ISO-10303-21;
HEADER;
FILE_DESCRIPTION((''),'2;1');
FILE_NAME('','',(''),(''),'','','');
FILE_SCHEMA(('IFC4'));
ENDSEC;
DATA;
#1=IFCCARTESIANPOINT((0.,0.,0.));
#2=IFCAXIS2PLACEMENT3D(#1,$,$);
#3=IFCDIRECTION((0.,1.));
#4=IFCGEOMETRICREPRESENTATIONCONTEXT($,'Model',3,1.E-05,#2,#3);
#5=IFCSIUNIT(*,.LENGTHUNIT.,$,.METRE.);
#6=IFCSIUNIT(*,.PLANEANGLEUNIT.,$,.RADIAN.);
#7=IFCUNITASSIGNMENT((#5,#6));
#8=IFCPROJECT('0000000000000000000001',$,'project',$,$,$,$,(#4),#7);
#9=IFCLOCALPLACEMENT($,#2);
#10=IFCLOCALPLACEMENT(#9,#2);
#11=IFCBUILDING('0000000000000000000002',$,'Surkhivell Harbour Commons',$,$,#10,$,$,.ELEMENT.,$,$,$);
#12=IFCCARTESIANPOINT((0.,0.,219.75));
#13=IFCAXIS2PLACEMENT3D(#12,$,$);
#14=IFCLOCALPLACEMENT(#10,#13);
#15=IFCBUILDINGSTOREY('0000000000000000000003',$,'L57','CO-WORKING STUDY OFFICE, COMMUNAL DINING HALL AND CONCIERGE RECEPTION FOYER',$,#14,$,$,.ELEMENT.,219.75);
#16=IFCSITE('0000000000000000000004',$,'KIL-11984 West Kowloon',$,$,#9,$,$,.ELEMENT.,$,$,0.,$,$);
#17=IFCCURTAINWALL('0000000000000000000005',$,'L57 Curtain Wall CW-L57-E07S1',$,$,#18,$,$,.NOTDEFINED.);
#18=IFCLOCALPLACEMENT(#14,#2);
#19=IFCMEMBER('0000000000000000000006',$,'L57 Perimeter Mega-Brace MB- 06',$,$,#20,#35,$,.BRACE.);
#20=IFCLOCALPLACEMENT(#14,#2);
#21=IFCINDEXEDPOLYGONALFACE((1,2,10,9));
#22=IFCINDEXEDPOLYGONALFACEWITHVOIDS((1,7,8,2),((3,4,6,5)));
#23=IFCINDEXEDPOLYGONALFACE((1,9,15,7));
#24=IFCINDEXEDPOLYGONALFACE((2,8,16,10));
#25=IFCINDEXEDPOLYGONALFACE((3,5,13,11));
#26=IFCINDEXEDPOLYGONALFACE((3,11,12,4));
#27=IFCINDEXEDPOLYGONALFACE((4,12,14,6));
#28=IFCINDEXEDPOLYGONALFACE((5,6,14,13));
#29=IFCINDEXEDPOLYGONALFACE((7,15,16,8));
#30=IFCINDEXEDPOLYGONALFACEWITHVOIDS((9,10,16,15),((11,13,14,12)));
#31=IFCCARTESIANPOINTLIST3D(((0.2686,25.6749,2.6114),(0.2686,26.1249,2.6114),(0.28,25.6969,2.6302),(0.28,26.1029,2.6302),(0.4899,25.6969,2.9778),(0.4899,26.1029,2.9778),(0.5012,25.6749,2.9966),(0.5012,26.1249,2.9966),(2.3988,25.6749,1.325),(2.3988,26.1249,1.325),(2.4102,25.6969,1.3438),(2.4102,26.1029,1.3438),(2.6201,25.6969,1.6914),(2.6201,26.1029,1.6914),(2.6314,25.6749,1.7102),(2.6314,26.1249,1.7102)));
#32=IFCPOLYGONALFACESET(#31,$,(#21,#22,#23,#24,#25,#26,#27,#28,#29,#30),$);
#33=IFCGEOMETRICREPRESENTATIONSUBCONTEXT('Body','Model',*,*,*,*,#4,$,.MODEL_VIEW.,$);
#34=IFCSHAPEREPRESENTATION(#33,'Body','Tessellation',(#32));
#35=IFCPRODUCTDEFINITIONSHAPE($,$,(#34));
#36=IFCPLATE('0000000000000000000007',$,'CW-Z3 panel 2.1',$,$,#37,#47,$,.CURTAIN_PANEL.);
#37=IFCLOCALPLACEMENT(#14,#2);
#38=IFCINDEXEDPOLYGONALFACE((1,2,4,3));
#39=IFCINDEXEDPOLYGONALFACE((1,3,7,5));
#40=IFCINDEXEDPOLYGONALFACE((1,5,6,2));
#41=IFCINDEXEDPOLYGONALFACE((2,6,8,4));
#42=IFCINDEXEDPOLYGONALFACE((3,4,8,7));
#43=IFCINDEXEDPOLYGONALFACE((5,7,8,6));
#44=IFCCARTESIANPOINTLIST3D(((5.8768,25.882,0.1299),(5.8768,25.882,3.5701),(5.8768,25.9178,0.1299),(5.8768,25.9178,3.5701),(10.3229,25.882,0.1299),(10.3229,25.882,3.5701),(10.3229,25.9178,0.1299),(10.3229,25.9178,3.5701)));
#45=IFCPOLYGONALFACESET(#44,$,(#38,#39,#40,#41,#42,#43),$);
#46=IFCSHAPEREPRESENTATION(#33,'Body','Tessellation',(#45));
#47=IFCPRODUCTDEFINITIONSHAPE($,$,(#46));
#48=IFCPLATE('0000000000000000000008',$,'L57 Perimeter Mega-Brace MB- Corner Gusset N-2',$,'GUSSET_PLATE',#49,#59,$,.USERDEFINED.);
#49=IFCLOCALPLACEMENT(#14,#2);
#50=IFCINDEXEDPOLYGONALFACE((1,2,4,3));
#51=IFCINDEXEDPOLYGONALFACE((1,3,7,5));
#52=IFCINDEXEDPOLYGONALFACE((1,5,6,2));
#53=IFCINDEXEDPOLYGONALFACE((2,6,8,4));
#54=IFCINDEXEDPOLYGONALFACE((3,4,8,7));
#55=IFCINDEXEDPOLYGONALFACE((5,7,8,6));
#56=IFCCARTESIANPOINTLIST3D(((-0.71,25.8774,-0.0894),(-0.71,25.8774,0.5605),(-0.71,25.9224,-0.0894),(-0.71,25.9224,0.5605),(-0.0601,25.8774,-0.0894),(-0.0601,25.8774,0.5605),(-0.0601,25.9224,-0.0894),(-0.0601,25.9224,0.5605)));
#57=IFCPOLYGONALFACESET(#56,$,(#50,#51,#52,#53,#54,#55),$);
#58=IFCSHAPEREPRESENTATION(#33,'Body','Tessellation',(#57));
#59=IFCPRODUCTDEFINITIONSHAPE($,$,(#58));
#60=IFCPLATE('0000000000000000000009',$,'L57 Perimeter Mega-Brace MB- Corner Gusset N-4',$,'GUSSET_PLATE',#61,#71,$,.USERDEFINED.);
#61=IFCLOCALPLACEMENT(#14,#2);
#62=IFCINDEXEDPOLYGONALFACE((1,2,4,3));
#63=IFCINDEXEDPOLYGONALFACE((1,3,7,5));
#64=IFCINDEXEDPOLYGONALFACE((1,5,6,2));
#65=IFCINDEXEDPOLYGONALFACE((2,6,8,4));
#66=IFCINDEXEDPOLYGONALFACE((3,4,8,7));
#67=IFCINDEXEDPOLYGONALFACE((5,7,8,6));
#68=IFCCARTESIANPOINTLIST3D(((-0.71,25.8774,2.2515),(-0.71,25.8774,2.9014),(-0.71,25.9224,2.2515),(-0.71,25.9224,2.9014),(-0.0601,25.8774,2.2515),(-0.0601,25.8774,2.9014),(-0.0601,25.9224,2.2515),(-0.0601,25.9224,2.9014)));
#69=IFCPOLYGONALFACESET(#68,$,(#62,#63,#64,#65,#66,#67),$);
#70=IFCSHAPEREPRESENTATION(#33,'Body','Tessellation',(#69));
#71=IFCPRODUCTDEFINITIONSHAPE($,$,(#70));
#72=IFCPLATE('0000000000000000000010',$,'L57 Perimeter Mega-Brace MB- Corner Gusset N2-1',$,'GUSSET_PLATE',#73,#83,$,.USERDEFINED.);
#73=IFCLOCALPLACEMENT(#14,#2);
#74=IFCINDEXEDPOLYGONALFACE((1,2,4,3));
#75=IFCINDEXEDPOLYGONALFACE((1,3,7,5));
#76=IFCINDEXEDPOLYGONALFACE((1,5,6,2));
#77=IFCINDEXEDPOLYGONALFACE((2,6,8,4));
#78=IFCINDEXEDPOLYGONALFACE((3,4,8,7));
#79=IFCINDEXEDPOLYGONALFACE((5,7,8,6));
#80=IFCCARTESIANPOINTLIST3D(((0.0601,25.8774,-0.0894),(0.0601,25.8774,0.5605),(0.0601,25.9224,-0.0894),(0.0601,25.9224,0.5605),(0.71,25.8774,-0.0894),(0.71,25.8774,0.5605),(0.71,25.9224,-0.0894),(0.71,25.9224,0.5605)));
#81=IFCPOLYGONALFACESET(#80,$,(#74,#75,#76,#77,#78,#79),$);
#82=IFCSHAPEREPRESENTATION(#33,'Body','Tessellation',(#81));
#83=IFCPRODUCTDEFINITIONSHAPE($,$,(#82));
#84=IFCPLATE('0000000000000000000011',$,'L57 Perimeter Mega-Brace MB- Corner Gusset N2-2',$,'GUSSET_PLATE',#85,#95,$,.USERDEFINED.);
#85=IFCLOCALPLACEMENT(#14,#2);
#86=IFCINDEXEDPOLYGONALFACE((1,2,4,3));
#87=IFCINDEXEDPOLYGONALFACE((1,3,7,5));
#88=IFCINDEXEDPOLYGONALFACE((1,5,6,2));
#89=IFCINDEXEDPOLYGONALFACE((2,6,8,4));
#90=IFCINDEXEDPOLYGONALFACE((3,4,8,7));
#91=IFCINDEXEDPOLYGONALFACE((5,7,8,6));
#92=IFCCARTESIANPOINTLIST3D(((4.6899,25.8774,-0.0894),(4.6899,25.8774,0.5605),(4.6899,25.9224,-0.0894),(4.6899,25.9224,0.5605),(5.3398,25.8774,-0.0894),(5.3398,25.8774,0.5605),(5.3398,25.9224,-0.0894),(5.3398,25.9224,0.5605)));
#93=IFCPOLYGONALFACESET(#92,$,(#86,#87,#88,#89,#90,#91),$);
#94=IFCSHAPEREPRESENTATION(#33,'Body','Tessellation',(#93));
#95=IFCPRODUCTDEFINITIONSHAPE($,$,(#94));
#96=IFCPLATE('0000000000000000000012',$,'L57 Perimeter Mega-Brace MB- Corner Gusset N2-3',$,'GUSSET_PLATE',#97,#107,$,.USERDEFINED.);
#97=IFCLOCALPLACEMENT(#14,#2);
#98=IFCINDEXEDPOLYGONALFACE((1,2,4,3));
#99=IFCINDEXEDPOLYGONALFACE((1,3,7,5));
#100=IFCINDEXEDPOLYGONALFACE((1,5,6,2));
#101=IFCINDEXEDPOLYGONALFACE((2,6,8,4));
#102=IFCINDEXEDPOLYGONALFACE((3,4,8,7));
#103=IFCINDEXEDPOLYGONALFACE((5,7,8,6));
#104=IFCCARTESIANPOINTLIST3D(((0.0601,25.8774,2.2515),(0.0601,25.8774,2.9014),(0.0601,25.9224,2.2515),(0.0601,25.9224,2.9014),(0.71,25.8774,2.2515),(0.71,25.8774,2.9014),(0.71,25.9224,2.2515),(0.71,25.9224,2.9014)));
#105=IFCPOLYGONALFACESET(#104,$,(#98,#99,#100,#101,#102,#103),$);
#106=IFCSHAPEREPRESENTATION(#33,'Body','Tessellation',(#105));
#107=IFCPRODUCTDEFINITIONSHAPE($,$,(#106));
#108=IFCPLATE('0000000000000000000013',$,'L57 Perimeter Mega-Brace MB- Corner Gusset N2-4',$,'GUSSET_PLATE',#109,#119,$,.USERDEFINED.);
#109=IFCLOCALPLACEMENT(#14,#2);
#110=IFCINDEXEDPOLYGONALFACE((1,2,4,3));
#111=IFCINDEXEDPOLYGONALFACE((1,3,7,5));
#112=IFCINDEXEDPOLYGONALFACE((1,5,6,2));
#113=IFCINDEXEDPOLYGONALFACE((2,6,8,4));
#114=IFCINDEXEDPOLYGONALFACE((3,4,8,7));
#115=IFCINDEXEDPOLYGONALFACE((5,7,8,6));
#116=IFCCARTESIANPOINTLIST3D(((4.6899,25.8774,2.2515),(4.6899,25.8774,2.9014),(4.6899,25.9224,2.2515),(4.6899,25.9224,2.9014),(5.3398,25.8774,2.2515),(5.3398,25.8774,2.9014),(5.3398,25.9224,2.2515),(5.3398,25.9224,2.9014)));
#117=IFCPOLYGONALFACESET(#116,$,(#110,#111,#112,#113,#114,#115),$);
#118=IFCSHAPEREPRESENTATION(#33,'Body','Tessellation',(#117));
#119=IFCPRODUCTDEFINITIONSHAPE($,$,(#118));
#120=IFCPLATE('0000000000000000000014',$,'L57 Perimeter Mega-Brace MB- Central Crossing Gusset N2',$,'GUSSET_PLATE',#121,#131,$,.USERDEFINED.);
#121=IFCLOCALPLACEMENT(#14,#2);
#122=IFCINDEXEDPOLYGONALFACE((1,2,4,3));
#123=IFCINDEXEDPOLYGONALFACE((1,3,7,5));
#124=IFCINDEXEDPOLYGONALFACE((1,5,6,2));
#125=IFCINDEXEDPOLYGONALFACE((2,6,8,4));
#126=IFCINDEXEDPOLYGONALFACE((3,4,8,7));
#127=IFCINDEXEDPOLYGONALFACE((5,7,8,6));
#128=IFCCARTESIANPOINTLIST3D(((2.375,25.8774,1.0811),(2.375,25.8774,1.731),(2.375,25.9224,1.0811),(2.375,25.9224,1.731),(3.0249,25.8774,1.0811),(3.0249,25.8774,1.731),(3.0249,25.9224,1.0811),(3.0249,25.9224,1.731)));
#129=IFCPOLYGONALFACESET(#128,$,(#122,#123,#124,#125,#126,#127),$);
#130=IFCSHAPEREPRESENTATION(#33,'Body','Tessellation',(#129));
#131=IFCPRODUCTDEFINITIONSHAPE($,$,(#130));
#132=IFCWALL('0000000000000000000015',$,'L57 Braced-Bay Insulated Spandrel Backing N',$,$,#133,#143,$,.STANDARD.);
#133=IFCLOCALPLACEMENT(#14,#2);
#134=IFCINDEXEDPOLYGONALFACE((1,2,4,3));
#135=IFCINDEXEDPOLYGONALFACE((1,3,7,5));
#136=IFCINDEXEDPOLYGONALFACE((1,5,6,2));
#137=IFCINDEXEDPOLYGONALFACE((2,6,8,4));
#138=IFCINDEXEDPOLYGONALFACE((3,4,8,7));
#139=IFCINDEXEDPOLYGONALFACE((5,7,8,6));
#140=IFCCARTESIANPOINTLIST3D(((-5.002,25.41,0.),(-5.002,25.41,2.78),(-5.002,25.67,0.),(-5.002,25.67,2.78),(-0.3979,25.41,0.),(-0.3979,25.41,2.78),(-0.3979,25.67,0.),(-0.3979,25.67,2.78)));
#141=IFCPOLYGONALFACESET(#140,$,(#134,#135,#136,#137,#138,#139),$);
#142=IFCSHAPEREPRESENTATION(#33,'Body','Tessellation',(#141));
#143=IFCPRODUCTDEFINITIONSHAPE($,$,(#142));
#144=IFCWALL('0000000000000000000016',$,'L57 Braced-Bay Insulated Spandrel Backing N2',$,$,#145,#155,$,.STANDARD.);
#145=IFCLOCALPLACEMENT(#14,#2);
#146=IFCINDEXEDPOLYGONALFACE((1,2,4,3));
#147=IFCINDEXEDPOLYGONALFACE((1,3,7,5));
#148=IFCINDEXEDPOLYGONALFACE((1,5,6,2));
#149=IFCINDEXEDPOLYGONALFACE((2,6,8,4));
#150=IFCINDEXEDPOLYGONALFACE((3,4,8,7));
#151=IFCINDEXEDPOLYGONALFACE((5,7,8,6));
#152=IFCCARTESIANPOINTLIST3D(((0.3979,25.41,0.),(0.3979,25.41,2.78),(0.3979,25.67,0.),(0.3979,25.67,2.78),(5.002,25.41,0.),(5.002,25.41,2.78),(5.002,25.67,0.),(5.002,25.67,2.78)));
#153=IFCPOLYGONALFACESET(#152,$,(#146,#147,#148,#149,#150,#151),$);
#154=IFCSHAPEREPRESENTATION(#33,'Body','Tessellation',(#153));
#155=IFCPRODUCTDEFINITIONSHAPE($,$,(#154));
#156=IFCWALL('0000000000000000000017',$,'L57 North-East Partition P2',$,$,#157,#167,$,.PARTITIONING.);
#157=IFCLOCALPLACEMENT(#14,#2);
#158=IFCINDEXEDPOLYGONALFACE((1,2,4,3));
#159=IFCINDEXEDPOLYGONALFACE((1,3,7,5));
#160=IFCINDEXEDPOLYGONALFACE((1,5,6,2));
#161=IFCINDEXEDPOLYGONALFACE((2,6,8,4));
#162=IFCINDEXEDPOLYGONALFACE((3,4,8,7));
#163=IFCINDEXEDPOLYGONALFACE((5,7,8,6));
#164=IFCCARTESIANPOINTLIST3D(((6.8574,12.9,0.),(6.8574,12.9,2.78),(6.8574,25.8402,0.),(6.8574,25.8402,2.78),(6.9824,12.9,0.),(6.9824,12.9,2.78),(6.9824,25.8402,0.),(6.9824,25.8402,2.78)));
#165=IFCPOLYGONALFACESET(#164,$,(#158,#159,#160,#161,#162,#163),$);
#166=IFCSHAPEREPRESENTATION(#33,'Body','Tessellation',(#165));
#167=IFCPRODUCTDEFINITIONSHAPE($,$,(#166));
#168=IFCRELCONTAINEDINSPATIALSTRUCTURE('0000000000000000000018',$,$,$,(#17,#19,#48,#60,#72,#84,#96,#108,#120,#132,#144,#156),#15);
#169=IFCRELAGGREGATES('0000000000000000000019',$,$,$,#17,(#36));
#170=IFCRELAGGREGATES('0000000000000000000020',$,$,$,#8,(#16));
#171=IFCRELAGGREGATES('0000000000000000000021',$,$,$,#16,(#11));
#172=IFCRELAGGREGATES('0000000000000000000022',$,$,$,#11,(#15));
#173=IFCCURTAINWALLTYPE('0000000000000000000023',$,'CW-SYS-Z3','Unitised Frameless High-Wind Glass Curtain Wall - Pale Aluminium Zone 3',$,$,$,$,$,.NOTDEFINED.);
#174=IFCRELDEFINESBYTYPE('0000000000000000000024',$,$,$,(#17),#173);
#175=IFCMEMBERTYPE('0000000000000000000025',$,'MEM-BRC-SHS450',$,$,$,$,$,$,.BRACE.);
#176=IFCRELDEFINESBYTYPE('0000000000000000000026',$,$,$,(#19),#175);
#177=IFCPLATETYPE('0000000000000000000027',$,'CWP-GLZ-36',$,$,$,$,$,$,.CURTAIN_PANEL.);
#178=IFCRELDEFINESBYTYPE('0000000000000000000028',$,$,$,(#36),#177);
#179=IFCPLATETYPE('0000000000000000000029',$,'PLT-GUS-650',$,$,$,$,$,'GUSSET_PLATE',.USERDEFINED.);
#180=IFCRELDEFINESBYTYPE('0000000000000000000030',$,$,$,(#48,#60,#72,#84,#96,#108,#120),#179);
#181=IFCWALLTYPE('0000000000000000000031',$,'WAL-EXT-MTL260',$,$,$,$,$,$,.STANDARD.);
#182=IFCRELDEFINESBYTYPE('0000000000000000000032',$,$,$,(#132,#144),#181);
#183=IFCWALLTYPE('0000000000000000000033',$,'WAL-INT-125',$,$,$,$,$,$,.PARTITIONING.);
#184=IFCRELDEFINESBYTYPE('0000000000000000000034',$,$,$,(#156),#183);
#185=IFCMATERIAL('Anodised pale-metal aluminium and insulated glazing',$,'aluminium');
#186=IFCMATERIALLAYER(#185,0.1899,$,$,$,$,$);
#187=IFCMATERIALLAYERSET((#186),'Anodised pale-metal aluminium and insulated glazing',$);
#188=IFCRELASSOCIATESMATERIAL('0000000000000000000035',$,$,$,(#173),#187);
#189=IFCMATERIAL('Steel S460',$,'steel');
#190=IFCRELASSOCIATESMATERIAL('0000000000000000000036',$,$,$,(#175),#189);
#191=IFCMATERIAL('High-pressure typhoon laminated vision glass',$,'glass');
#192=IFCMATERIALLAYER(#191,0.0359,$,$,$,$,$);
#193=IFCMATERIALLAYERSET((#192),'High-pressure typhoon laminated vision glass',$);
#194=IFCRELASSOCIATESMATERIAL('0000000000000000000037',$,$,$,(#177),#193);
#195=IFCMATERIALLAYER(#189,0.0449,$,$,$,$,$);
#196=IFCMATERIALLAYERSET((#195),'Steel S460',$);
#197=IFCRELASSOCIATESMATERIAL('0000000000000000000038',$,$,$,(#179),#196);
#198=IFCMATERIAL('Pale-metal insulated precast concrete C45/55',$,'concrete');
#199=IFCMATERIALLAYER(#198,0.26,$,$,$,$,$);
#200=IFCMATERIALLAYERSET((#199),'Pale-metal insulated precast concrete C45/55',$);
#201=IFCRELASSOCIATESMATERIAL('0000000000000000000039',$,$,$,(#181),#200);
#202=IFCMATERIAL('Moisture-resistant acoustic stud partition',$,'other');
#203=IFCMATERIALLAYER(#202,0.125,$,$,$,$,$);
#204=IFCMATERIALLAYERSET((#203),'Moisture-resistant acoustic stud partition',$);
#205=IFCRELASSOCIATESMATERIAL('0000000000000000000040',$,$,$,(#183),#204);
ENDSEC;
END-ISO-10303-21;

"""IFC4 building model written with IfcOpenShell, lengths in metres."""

from ifc_helpers import new_model, si_unit, direction, frame, frame_2d, origin, origin_2d, place, context, subcontext, project, spatial, rectangle, hollow_rectangle, extrude, material, layer, layer_set, material_profile, profile_set, type_object, element, aggregate, save


model = new_model("IFC4")

# Units and contexts
model_context = context("Model", 3, precision=1e-05, world=origin(), true_north=direction((0.0, 1.0)))
body_context = subcontext(model_context, "Body", "Model", "MODEL_VIEW")
ifc_project = project(units=[si_unit("LENGTHUNIT", "METRE"), si_unit("PLANEANGLEUNIT", "RADIAN")], contexts=[model_context])

# Site, building, storey
site_placement = place(None, origin())
site = spatial("IfcSite", under=ifc_project, at=site_placement, Name="KIL-11984 West Kowloon", CompositionType="ELEMENT", RefElevation=0.0)
building_placement = place(site_placement, origin())
building = spatial("IfcBuilding", under=site, at=building_placement, Name="Surkhivell Harbour Commons", CompositionType="ELEMENT")
storey_placement = place(building_placement, frame((0.0, 0.0, 219.75)))
storey = spatial("IfcBuildingStorey", under=building, at=storey_placement, Name="L57", Description="CO-WORKING STUDY OFFICE, COMMUNAL DINING HALL AND CONCIERGE RECEPTION FOYER", CompositionType="ELEMENT", Elevation=219.75)

# Curtain wall
ifc_material_1 = material(Name="Anodised pale-metal aluminium and insulated glazing", Category="aluminium")
ifc_layer_1 = layer(ifc_material_1, 0.1899)
ifc_layer_set_1 = layer_set([ifc_layer_1], Name="Anodised pale-metal aluminium and insulated glazing")
curtain_wall_type = type_object("IfcCurtainWallType", Name="CW-SYS-Z3", Description="Unitised Frameless High-Wind Glass Curtain Wall - Pale Aluminium Zone 3", PredefinedType="NOTDEFINED", material=ifc_layer_set_1)
curtain_wall_placement = place(storey_placement, origin())
curtain_wall = element("IfcCurtainWall", 1, at=curtain_wall_placement, inside=storey, type_object=curtain_wall_type, Name="L57 Curtain Wall CW-L57-E07S1", PredefinedType="NOTDEFINED")

# Member
ifc_material_2 = material(Name="Steel S460", Category="steel")
ifc_material_profile_1 = material_profile(ifc_material_2, hollow_rectangle(XDim=0.45, YDim=0.45, WallThickness=0.022, at=origin_2d()), Name="SHS450x450x22")
ifc_profile_set_1 = profile_set([ifc_material_profile_1], Name="Steel S460")
member_type_1 = type_object("IfcMemberType", Name="MEM-BRC-SHS450", PredefinedType="BRACE", material=ifc_profile_set_1)
member_1_placement = place(storey_placement, frame((2.5151, 25.8999, 1.5176), z_axis=(-0.856018, 0.0, 0.516946), x_axis=(0.0, -1.0, 0.0)))
element("IfcMember", 2, at=member_1_placement, inside=storey, type_object=member_type_1, Name="L57 Perimeter Mega-Brace MB- 06", PredefinedType="BRACE", context=body_context, shape_type="SweptSolid", body=[
    extrude(hollow_rectangle(XDim=0.45, YDim=0.45, WallThickness=0.022, at=origin_2d()), origin(), (0.0, 0.0, 1.0), 2.4885),
])

# Plate
ifc_material_3 = material(Name="High-pressure typhoon laminated vision glass", Category="glass")
ifc_layer_2 = layer(ifc_material_3, 0.0359)
ifc_layer_set_2 = layer_set([ifc_layer_2], Name="High-pressure typhoon laminated vision glass")
plate_type_1 = type_object("IfcPlateType", Name="CWP-GLZ-36", PredefinedType="CURTAIN_PANEL", material=ifc_layer_set_2)
plate_placement = place(storey_placement, frame((10.323, 25.8999, 0.1299), z_axis=(0.0, 0.0, 1.0), x_axis=(-1.0, 0.0, 0.0)))
plate = element("IfcPlate", 3, at=plate_placement, type_object=plate_type_1, Name="CW-Z3 panel 2.1", PredefinedType="CURTAIN_PANEL", context=body_context, shape_type="SweptSolid", body=[
    extrude(rectangle(XDim=4.446, YDim=0.0359, at=frame_2d((2.2231, 0.0))), origin(), (0.0, 0.0, 1.0), 3.4402),
])
aggregate(curtain_wall, [plate])

# Plates
ifc_layer_3 = layer(ifc_material_2, 0.0449)
ifc_layer_set_3 = layer_set([ifc_layer_3], Name="Steel S460")
plate_type_2 = type_object("IfcPlateType", Name="PLT-GUS-650", ElementType="GUSSET_PLATE", PredefinedType="USERDEFINED", material=ifc_layer_set_3)
for number, where, z_axis, x_axis, name in (
    (4, (-0.385, 25.8999, -0.0894), (0.0, 0.0, 1.0), (1.0, 0.0, 0.0), "L57 Perimeter Mega-Brace MB- Corner Gusset N-2"),
    (5, (-0.385, 25.8999, 2.2515), (0.0, 0.0, 1.0), (1.0, 0.0, 0.0), "L57 Perimeter Mega-Brace MB- Corner Gusset N-4"),
    (6, (0.385, 25.8999, -0.0894), (0.0, 0.0, 1.0), (1.0, 0.0, 0.0), "L57 Perimeter Mega-Brace MB- Corner Gusset N2-1"),
    (7, (5.0149, 25.8999, -0.0894), (0.0, 0.0, 1.0), (1.0, 0.0, 0.0), "L57 Perimeter Mega-Brace MB- Corner Gusset N2-2"),
    (8, (0.385, 25.8999, 2.2515), (0.0, 0.0, 1.0), (1.0, 0.0, 0.0), "L57 Perimeter Mega-Brace MB- Corner Gusset N2-3"),
    (9, (5.0149, 25.8999, 2.2515), (0.0, 0.0, 1.0), (1.0, 0.0, 0.0), "L57 Perimeter Mega-Brace MB- Corner Gusset N2-4"),
    (10, (2.7, 25.8999, 1.0811), (0.0, 0.0, 1.0), (1.0, 0.0, 0.0), "L57 Perimeter Mega-Brace MB- Central Crossing Gusset N2"),
):
    element("IfcPlate", number, at=place(storey_placement, frame(where, z_axis=z_axis, x_axis=x_axis)), inside=storey, type_object=plate_type_2, Name=name, ObjectType="GUSSET_PLATE", PredefinedType="USERDEFINED", context=body_context, shape_type="SweptSolid", body=[
        extrude(rectangle(XDim=0.6499, YDim=0.0449, at=origin_2d()), origin(), (0.0, 0.0, 1.0), 0.6499),
    ])

# Walls
ifc_material_4 = material(Name="Pale-metal insulated precast concrete C45/55", Category="concrete")
ifc_layer_4 = layer(ifc_material_4, 0.26)
ifc_layer_set_4 = layer_set([ifc_layer_4], Name="Pale-metal insulated precast concrete C45/55")
wall_type_1 = type_object("IfcWallType", Name="WAL-EXT-MTL260", PredefinedType="STANDARD", material=ifc_layer_set_4)
for number, where, z_axis, x_axis, name in (
    (11, (-0.3979, 25.54, 0.0), (0.0, 0.0, 1.0), (-1.0, 0.0, 0.0), "L57 Braced-Bay Insulated Spandrel Backing N"),
    (12, (5.002, 25.54, 0.0), (0.0, 0.0, 1.0), (-1.0, 0.0, 0.0), "L57 Braced-Bay Insulated Spandrel Backing N2"),
):
    element("IfcWall", number, at=place(storey_placement, frame(where, z_axis=z_axis, x_axis=x_axis)), inside=storey, type_object=wall_type_1, Name=name, PredefinedType="STANDARD", context=body_context, shape_type="SweptSolid", body=[
        extrude(rectangle(XDim=4.604, YDim=0.26, at=frame_2d((2.302, 0.0))), origin(), (0.0, 0.0, 1.0), 2.78),
    ])
ifc_material_5 = material(Name="Moisture-resistant acoustic stud partition", Category="other")
ifc_layer_5 = layer(ifc_material_5, 0.125)
ifc_layer_set_5 = layer_set([ifc_layer_5], Name="Moisture-resistant acoustic stud partition")
wall_type_2 = type_object("IfcWallType", Name="WAL-INT-125", PredefinedType="PARTITIONING", material=ifc_layer_set_5)
wall_placement = place(storey_placement, frame((6.9199, 12.8999, 0.0), z_axis=(0.0, 0.0, 1.0), x_axis=(0.0, 1.0, 0.0)))
element("IfcWall", 13, at=wall_placement, inside=storey, type_object=wall_type_2, Name="L57 North-East Partition P2", PredefinedType="PARTITIONING", context=body_context, shape_type="SweptSolid", body=[
    extrude(rectangle(XDim=12.9402, YDim=0.125, at=frame_2d((6.4702, 0.0))), origin(), (0.0, 0.0, 1.0), 2.78),
])

save(model, "model.ifc")
